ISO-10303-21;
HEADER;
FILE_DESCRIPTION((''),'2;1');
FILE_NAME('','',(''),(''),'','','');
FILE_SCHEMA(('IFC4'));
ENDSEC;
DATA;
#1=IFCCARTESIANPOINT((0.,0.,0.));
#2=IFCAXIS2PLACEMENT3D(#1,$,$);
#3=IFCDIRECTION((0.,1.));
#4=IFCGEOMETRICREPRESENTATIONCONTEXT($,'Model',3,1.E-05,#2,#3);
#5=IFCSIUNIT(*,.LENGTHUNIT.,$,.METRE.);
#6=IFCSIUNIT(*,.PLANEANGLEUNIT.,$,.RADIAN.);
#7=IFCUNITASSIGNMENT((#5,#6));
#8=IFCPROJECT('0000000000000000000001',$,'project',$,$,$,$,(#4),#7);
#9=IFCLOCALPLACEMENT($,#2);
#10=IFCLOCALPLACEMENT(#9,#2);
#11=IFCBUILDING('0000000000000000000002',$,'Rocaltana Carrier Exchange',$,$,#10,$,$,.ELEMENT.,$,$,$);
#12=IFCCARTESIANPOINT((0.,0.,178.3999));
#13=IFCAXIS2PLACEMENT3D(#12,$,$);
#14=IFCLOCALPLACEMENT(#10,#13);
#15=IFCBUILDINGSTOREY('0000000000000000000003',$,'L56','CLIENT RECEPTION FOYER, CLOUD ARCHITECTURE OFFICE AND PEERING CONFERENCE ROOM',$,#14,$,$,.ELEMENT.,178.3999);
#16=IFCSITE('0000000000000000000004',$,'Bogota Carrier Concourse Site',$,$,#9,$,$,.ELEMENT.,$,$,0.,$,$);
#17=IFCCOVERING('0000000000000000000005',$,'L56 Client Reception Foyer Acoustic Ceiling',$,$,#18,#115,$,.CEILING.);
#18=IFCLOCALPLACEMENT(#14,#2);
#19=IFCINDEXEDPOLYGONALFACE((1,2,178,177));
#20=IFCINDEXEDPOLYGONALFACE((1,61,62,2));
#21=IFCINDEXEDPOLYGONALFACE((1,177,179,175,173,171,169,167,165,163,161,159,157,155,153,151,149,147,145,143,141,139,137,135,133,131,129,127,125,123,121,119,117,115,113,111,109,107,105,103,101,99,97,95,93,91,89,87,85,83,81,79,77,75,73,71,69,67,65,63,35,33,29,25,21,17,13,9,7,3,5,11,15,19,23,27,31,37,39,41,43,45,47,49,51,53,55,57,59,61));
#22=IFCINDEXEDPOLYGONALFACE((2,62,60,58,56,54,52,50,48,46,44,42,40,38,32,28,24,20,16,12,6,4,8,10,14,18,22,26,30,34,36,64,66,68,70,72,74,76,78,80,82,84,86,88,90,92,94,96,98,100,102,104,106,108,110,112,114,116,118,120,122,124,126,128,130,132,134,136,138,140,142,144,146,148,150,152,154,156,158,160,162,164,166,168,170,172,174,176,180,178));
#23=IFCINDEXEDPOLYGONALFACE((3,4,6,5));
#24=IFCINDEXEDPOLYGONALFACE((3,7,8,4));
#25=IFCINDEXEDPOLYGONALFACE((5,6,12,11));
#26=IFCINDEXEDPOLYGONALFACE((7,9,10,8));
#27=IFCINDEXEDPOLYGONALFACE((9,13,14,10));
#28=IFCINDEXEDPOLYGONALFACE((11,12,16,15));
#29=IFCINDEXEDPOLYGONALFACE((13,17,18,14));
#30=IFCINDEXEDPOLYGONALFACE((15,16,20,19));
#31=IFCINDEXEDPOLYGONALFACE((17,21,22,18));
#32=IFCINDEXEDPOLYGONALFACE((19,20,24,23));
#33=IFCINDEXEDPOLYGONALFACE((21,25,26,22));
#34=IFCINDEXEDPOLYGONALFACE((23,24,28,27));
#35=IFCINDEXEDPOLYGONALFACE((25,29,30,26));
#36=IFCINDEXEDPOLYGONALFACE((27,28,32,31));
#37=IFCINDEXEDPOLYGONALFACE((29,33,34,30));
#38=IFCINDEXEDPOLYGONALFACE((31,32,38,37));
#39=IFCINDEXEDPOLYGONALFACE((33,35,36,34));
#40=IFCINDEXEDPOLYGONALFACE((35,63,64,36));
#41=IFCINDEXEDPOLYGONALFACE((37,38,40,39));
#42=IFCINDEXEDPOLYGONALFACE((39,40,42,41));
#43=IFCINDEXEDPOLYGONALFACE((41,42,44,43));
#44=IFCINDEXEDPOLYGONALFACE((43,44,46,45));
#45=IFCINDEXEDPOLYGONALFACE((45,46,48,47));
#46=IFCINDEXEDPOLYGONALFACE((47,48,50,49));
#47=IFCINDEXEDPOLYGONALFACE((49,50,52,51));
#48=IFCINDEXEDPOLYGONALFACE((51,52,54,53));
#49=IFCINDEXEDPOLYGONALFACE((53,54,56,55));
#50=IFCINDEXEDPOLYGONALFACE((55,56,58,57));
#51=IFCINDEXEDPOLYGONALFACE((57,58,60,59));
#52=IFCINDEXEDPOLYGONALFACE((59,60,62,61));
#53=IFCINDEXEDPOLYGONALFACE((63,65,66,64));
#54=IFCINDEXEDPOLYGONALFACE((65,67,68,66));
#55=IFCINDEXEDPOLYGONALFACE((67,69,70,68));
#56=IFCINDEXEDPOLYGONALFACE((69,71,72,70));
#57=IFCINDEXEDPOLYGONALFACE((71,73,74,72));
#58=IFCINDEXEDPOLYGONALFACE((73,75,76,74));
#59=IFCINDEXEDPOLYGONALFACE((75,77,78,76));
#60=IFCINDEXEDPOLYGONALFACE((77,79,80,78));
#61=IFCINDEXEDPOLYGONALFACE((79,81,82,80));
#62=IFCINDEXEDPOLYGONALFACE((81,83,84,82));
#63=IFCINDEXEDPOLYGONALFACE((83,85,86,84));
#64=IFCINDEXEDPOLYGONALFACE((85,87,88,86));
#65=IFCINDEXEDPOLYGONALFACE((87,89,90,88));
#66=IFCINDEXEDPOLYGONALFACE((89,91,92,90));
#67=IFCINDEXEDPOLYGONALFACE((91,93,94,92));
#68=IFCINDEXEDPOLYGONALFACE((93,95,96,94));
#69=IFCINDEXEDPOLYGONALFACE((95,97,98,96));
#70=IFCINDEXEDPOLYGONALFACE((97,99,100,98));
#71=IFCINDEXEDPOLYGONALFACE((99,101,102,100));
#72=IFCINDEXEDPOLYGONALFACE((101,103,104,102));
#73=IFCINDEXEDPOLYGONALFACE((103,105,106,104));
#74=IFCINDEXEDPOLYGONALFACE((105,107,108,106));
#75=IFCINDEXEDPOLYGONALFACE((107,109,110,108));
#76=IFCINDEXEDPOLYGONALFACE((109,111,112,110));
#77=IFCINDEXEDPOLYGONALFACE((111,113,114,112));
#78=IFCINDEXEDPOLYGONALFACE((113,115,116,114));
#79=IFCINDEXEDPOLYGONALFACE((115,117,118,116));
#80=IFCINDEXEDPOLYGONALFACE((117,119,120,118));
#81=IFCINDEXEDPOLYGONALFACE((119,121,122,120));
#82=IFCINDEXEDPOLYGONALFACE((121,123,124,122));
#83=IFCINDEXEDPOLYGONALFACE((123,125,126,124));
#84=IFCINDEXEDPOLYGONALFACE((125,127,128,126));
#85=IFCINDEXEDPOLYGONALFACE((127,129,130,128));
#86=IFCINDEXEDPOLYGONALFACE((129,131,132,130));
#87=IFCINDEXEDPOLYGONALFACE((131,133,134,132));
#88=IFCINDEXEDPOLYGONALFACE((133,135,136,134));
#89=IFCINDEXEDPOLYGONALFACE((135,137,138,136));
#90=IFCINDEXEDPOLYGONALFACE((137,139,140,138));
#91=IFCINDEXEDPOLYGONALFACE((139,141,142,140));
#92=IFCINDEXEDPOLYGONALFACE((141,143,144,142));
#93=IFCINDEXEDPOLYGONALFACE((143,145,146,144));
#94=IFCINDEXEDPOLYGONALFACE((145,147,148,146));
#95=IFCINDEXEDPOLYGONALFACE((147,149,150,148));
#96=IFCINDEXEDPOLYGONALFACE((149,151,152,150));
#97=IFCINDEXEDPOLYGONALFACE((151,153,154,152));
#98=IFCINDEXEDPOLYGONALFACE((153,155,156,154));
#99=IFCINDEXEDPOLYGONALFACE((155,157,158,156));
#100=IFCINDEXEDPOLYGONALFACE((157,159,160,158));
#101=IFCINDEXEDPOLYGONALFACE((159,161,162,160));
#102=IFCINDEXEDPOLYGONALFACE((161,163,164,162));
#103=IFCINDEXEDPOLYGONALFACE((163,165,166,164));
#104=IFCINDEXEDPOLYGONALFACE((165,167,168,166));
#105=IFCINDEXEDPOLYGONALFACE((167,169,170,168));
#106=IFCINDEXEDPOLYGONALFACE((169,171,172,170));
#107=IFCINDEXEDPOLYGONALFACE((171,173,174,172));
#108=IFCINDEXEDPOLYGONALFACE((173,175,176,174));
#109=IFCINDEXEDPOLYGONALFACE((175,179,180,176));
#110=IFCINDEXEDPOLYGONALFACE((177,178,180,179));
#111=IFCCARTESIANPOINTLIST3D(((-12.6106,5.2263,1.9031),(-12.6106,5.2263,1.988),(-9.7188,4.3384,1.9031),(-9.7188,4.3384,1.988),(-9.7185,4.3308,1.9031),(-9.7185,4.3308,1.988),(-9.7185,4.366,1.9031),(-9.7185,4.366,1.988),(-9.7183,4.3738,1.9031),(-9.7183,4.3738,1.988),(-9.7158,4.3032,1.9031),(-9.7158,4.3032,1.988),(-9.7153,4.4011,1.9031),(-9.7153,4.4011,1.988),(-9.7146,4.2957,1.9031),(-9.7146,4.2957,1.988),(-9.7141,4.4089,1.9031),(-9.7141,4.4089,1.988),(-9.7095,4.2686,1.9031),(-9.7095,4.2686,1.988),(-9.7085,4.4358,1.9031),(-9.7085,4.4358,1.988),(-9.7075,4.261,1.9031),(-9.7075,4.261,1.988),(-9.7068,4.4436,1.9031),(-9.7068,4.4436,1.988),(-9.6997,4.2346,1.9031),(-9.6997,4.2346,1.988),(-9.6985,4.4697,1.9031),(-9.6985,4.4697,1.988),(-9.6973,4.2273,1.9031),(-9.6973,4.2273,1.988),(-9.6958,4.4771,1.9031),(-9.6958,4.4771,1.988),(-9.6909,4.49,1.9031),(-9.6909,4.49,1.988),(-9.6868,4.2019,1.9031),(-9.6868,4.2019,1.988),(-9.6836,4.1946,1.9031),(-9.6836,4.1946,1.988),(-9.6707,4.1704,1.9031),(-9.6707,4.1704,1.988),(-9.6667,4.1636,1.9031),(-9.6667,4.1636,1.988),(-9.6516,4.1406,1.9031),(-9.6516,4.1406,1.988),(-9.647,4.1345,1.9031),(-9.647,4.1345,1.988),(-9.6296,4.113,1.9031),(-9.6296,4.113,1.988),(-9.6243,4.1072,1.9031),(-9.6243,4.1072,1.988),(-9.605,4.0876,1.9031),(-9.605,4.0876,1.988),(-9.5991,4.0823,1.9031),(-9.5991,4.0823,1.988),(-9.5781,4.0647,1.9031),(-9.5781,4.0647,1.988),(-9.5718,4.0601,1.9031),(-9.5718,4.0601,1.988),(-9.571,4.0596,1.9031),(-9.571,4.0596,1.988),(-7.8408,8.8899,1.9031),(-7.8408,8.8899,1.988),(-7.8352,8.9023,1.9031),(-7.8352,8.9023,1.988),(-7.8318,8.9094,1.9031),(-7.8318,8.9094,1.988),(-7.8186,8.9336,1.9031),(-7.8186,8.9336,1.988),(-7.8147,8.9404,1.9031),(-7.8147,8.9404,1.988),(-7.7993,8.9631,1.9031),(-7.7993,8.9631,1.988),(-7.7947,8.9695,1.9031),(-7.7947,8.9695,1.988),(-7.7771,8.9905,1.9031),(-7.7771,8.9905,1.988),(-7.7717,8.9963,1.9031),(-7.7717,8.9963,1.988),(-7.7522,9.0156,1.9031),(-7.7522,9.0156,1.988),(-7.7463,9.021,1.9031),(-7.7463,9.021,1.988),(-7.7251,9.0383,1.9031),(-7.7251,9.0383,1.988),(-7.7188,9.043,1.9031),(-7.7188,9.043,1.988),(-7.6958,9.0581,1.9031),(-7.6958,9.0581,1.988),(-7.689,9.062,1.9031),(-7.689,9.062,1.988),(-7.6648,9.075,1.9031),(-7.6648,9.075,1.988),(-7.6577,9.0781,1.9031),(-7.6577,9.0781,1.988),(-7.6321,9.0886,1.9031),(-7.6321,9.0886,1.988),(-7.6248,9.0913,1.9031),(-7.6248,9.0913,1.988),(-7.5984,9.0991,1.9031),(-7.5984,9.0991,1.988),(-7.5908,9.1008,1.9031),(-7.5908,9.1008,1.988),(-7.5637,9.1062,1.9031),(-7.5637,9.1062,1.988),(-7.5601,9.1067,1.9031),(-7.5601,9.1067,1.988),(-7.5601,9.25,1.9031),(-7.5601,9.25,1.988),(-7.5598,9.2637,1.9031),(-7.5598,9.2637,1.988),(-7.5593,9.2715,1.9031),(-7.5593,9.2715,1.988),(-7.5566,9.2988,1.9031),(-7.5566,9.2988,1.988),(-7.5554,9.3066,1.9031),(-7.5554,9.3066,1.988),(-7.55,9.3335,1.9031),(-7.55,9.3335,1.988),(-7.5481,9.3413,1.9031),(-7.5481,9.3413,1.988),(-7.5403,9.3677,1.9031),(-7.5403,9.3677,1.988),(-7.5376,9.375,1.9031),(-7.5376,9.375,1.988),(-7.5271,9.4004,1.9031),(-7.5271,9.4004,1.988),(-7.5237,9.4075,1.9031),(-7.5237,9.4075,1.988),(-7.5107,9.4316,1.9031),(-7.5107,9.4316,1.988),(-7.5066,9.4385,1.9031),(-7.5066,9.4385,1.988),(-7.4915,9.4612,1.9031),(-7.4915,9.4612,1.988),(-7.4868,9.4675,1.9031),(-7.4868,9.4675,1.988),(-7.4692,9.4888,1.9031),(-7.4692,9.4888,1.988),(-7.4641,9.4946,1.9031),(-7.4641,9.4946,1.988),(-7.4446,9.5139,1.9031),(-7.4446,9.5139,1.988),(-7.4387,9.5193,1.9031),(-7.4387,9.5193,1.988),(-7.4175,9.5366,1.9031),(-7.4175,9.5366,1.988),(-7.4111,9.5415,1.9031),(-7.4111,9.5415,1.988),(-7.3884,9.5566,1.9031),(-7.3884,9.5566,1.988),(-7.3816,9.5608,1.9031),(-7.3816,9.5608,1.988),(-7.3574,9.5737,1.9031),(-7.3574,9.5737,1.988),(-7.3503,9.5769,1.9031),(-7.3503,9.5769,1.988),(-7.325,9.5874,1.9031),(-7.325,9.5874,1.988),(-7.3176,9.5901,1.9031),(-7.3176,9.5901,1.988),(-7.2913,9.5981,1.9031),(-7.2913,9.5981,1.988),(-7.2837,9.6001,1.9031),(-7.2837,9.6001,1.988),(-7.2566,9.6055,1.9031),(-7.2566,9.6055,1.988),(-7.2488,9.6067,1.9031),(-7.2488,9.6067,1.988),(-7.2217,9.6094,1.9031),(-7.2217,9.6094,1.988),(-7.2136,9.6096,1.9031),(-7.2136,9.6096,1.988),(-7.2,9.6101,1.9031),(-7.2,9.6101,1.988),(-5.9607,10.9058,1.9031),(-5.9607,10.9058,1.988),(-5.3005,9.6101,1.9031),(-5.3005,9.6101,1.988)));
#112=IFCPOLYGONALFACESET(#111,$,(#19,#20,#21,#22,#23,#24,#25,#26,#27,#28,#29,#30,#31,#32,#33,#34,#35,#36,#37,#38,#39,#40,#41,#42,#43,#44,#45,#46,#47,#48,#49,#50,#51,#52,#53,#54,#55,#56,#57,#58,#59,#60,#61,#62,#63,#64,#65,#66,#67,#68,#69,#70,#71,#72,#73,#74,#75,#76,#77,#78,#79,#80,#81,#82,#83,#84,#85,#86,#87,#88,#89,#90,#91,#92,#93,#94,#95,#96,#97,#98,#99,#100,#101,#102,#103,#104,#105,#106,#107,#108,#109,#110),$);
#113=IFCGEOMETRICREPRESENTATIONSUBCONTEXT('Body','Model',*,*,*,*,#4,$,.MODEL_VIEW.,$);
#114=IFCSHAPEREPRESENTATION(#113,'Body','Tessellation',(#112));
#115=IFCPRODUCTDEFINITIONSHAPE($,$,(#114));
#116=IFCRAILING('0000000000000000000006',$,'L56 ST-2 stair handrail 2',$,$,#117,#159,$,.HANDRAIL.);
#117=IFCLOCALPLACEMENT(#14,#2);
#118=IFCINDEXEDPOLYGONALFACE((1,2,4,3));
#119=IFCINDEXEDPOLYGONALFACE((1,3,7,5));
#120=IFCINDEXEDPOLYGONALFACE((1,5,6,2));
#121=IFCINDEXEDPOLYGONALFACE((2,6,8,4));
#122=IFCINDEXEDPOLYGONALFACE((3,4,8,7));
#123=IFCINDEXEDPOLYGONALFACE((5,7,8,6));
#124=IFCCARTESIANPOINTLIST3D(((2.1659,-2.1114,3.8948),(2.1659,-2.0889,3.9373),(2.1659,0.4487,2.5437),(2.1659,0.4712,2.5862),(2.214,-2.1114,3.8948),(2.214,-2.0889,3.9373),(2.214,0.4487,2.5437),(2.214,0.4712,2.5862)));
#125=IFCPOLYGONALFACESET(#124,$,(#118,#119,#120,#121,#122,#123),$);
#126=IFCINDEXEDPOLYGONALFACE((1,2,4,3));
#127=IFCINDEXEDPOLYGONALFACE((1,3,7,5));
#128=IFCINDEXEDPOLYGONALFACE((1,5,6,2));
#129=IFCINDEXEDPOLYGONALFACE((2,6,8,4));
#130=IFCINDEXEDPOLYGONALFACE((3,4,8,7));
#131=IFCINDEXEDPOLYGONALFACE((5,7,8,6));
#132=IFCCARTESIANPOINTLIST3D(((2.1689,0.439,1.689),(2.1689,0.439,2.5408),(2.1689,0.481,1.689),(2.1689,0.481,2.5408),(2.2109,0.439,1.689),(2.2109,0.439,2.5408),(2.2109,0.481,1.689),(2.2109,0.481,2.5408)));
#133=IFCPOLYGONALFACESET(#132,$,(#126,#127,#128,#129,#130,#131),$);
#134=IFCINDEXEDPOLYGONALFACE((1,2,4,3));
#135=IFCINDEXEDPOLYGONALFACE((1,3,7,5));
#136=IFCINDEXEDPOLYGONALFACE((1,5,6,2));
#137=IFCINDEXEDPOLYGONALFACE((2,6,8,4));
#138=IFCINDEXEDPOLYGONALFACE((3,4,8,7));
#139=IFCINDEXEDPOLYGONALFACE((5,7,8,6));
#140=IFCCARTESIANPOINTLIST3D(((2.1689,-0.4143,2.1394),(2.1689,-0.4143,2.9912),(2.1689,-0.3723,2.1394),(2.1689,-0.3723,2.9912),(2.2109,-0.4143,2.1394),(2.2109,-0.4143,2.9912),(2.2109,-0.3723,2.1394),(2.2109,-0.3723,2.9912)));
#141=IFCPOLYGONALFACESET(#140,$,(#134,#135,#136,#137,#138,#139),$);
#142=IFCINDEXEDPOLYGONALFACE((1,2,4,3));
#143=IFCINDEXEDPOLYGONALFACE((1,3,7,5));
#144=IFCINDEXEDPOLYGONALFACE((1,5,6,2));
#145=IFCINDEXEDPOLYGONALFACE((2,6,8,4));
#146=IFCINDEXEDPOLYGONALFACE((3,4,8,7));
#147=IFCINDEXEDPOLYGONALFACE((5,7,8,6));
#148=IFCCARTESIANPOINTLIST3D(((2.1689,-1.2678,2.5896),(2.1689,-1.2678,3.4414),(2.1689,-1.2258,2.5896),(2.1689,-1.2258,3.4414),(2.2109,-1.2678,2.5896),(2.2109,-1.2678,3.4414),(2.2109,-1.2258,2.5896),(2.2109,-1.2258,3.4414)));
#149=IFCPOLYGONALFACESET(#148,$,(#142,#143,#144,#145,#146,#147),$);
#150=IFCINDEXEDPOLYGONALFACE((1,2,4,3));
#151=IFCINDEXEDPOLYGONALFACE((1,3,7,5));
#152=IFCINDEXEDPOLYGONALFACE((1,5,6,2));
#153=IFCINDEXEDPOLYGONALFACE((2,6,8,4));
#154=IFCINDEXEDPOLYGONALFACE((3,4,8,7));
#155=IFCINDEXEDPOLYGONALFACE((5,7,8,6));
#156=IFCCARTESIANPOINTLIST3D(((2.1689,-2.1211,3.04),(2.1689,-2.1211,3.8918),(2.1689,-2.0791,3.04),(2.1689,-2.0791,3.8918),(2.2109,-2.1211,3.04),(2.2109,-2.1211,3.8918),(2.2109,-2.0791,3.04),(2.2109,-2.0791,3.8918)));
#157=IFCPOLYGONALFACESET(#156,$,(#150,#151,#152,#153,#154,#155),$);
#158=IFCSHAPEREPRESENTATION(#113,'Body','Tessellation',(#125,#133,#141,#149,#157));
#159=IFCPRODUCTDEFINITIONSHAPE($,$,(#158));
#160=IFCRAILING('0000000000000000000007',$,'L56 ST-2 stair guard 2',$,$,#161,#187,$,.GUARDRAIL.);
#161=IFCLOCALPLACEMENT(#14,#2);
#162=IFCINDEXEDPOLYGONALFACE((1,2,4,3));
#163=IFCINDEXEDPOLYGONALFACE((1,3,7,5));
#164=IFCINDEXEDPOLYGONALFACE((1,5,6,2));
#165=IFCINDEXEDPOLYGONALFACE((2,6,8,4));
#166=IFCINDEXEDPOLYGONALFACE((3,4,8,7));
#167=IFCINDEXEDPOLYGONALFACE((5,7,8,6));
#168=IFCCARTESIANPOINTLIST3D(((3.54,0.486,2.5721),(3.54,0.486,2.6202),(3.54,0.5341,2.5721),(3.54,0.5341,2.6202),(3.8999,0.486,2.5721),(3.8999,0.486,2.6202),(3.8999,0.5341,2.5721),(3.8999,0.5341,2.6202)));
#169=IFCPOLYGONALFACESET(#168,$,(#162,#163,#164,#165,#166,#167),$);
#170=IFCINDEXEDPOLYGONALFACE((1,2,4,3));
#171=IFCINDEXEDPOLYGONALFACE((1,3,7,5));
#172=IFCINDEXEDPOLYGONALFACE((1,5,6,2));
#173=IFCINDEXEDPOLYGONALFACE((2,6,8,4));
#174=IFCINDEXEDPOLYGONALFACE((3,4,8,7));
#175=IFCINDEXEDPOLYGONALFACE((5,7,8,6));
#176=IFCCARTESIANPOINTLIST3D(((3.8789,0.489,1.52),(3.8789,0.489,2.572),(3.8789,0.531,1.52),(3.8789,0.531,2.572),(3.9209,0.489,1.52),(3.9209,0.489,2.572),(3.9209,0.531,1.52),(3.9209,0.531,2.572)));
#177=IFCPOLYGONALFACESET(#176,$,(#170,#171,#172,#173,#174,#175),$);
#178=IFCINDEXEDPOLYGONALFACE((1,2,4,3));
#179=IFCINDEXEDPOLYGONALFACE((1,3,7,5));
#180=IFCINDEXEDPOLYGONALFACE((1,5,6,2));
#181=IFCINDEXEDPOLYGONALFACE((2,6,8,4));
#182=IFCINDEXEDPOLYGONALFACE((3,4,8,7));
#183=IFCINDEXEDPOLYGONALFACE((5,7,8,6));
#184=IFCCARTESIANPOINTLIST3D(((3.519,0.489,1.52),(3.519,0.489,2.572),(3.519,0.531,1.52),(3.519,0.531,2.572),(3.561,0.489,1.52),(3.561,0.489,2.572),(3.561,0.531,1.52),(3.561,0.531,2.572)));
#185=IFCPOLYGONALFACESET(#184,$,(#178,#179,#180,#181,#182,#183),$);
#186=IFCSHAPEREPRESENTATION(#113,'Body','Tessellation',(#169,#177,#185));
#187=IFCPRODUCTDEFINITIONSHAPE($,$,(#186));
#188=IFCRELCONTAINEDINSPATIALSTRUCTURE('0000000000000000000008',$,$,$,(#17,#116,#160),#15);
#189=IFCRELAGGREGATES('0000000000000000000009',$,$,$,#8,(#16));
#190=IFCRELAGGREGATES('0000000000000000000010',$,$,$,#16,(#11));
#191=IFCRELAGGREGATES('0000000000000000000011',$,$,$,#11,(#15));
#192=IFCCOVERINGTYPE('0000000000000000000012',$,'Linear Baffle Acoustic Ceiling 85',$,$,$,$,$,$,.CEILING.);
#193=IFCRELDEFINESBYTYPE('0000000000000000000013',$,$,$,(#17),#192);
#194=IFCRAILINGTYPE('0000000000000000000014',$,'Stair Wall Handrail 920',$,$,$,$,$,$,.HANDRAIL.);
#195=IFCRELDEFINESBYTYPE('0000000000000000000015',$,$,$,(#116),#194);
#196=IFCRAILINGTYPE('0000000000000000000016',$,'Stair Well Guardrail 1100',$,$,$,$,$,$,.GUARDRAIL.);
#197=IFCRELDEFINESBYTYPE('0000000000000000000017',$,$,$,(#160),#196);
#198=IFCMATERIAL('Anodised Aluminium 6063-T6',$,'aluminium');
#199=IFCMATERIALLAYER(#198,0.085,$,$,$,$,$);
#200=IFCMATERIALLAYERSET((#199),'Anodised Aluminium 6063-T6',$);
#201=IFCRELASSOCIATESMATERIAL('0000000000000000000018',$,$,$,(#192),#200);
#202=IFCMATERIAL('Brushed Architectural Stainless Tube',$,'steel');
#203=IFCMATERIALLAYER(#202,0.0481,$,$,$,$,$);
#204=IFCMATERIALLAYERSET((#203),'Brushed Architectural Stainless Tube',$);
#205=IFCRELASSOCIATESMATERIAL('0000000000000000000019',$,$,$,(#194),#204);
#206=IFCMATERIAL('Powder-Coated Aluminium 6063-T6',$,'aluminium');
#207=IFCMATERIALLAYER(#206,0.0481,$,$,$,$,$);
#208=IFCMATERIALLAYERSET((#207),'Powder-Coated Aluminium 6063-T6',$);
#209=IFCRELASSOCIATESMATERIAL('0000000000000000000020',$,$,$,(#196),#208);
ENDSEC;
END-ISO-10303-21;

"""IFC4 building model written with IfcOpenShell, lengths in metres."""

from ifc_helpers import new_model, si_unit, direction, frame, origin, origin_2d, place, context, subcontext, project, spatial, polyline, rectangle, outline, extrude, material, layer, layer_set, type_object, element, save


model = new_model("IFC4")

# Units and contexts
model_context = context("Model", 3, precision=1e-05, world=origin(), true_north=direction((0.0, 1.0)))
body_context = subcontext(model_context, "Body", "Model", "MODEL_VIEW")
ifc_project = project(units=[si_unit("LENGTHUNIT", "METRE"), si_unit("PLANEANGLEUNIT", "RADIAN")], contexts=[model_context])

# Site, building, storey
site_placement = place(None, origin())
site = spatial("IfcSite", under=ifc_project, at=site_placement, Name="Bogota Carrier Concourse Site", CompositionType="ELEMENT", RefElevation=0.0)
building_placement = place(site_placement, origin())
building = spatial("IfcBuilding", under=site, at=building_placement, Name="Rocaltana Carrier Exchange", CompositionType="ELEMENT")
storey_placement = place(building_placement, frame((0.0, 0.0, 178.3999)))
storey = spatial("IfcBuildingStorey", under=building, at=storey_placement, Name="L56", Description="CLIENT RECEPTION FOYER, CLOUD ARCHITECTURE OFFICE AND PEERING CONFERENCE ROOM", CompositionType="ELEMENT", Elevation=178.3999)

# Covering
ifc_material_1 = material(Name="Anodised Aluminium 6063-T6", Category="aluminium")
ifc_layer_1 = layer(ifc_material_1, 0.085)
ifc_layer_set_1 = layer_set([ifc_layer_1], Name="Anodised Aluminium 6063-T6")
covering_type_1 = type_object("IfcCoveringType", Name="Linear Baffle Acoustic Ceiling 85", PredefinedType="CEILING", material=ifc_layer_set_1)
covering_1_placement = place(storey_placement, frame((0.0, 0.0, 1.9031)))
element("IfcCovering", 1, at=covering_1_placement, inside=storey, type_object=covering_type_1, Name="L56 Client Reception Foyer Acoustic Ceiling", PredefinedType="CEILING", context=body_context, shape_type="SweptSolid", body=[
    extrude(outline(polyline([(-9.571, 4.0596), (-12.6106, 5.2263), (-5.9607, 10.9058), (-5.3005, 9.6101), (-7.2, 9.6101), (-7.2136, 9.6096), (-7.2217, 9.6094), (-7.2488, 9.6067), (-7.2566, 9.6055), (-7.2837, 9.6001), (-7.2913, 9.5981), (-7.3176, 9.5901), (-7.325, 9.5874), (-7.3503, 9.5769), (-7.3574, 9.5737), (-7.3816, 9.5608), (-7.3884, 9.5566), (-7.4111, 9.5415), (-7.4175, 9.5366), (-7.4387, 9.5193), (-7.4446, 9.5139), (-7.4641, 9.4946), (-7.4692, 9.4888), (-7.4868, 9.4675), (-7.4915, 9.4612), (-7.5066, 9.4385), (-7.5107, 9.4316), (-7.5237, 9.4075), (-7.5271, 9.4004), (-7.5376, 9.375), (-7.5403, 9.3677), (-7.5481, 9.3413), (-7.55, 9.3335), (-7.5554, 9.3066), (-7.5566, 9.2988), (-7.5593, 9.2715), (-7.5598, 9.2637), (-7.5601, 9.25), (-7.5601, 9.1067), (-7.5637, 9.1062), (-7.5908, 9.1008), (-7.5984, 9.0991), (-7.6248, 9.0913), (-7.6321, 9.0886), (-7.6577, 9.0781), (-7.6648, 9.075), (-7.689, 9.062), (-7.6958, 9.0581), (-7.7188, 9.043), (-7.7251, 9.0383), (-7.7463, 9.021), (-7.7522, 9.0156), (-7.7717, 8.9963), (-7.7771, 8.9905), (-7.7947, 8.9695), (-7.7993, 8.9631), (-7.8147, 8.9404), (-7.8186, 8.9336), (-7.8318, 8.9094), (-7.8352, 8.9023), (-7.8408, 8.8899), (-9.6909, 4.49), (-9.6958, 4.4771), (-9.6985, 4.4697), (-9.7068, 4.4436), (-9.7085, 4.4358), (-9.7141, 4.4089), (-9.7153, 4.4011), (-9.7183, 4.3738), (-9.7185, 4.366), (-9.7188, 4.3384), (-9.7185, 4.3308), (-9.7158, 4.3032), (-9.7146, 4.2957), (-9.7095, 4.2686), (-9.7075, 4.261), (-9.6997, 4.2346), (-9.6973, 4.2273), (-9.6868, 4.2019), (-9.6836, 4.1946), (-9.6707, 4.1704), (-9.6667, 4.1636), (-9.6516, 4.1406), (-9.647, 4.1345), (-9.6296, 4.113), (-9.6243, 4.1072), (-9.605, 4.0876), (-9.5991, 4.0823), (-9.5781, 4.0647), (-9.5718, 4.0601), (-9.571, 4.0596)])), origin(), (0.0, 0.0, 1.0), 0.085),
])

# Railings
ifc_material_2 = material(Name="Brushed Architectural Stainless Tube", Category="steel")
ifc_layer_2 = layer(ifc_material_2, 0.0481)
ifc_layer_set_2 = layer_set([ifc_layer_2], Name="Brushed Architectural Stainless Tube")
railing_type_1 = type_object("IfcRailingType", Name="Stair Wall Handrail 920", PredefinedType="HANDRAIL", material=ifc_layer_set_2)
railing_1_placement = place(storey_placement, frame((2.1899, 0.46, 1.689)))
element("IfcRailing", 2, at=railing_1_placement, inside=storey, type_object=railing_type_1, Name="L56 ST-2 stair handrail 2", PredefinedType="HANDRAIL", context=body_context, shape_type="SweptSolid", body=[
    extrude(rectangle(XDim=0.0481, YDim=0.0481, at=origin_2d()), frame((0.0, 0.0, 0.876), z_axis=(0.0, -0.884394, 0.46674), x_axis=(1.0, 0.0, 0.0)), (0.0, 0.0, 1.0), 2.8948),
    extrude(rectangle(XDim=0.042, YDim=0.042, at=origin_2d()), origin(), (0.0, 0.0, 1.0), 0.8518),
    extrude(rectangle(XDim=0.042, YDim=0.042, at=origin_2d()), frame((0.0, -0.8533, 0.4504)), (0.0, 0.0, 1.0), 0.8518),
    extrude(rectangle(XDim=0.042, YDim=0.042, at=origin_2d()), frame((0.0, -1.7068, 0.9006)), (0.0, 0.0, 1.0), 0.8518),
    extrude(rectangle(XDim=0.042, YDim=0.042, at=origin_2d()), frame((0.0, -2.5601, 1.3511)), (0.0, 0.0, 1.0), 0.8518),
])
ifc_material_3 = material(Name="Powder-Coated Aluminium 6063-T6", Category="aluminium")
ifc_layer_3 = layer(ifc_material_3, 0.0481)
ifc_layer_set_3 = layer_set([ifc_layer_3], Name="Powder-Coated Aluminium 6063-T6")
railing_type_2 = type_object("IfcRailingType", Name="Stair Well Guardrail 1100", PredefinedType="GUARDRAIL", material=ifc_layer_set_3)
railing_2_placement = place(storey_placement, frame((3.8999, 0.51, 1.52)))
element("IfcRailing", 3, at=railing_2_placement, inside=storey, type_object=railing_type_2, Name="L56 ST-2 stair guard 2", PredefinedType="GUARDRAIL", context=body_context, shape_type="SweptSolid", body=[
    extrude(rectangle(XDim=0.0481, YDim=0.0481, at=origin_2d()), frame((0.0, 0.0, 1.0762), z_axis=(-1.0, 0.0, 0.0), x_axis=(0.0, -1.0, 0.0)), (0.0, 0.0, 1.0), 0.3599),
    extrude(rectangle(XDim=0.042, YDim=0.042, at=origin_2d()), origin(), (0.0, 0.0, 1.0), 1.052),
    extrude(rectangle(XDim=0.042, YDim=0.042, at=origin_2d()), frame((-0.3599, 0.0, 0.0)), (0.0, 0.0, 1.0), 1.052),
])

save(model, "model.ifc")
